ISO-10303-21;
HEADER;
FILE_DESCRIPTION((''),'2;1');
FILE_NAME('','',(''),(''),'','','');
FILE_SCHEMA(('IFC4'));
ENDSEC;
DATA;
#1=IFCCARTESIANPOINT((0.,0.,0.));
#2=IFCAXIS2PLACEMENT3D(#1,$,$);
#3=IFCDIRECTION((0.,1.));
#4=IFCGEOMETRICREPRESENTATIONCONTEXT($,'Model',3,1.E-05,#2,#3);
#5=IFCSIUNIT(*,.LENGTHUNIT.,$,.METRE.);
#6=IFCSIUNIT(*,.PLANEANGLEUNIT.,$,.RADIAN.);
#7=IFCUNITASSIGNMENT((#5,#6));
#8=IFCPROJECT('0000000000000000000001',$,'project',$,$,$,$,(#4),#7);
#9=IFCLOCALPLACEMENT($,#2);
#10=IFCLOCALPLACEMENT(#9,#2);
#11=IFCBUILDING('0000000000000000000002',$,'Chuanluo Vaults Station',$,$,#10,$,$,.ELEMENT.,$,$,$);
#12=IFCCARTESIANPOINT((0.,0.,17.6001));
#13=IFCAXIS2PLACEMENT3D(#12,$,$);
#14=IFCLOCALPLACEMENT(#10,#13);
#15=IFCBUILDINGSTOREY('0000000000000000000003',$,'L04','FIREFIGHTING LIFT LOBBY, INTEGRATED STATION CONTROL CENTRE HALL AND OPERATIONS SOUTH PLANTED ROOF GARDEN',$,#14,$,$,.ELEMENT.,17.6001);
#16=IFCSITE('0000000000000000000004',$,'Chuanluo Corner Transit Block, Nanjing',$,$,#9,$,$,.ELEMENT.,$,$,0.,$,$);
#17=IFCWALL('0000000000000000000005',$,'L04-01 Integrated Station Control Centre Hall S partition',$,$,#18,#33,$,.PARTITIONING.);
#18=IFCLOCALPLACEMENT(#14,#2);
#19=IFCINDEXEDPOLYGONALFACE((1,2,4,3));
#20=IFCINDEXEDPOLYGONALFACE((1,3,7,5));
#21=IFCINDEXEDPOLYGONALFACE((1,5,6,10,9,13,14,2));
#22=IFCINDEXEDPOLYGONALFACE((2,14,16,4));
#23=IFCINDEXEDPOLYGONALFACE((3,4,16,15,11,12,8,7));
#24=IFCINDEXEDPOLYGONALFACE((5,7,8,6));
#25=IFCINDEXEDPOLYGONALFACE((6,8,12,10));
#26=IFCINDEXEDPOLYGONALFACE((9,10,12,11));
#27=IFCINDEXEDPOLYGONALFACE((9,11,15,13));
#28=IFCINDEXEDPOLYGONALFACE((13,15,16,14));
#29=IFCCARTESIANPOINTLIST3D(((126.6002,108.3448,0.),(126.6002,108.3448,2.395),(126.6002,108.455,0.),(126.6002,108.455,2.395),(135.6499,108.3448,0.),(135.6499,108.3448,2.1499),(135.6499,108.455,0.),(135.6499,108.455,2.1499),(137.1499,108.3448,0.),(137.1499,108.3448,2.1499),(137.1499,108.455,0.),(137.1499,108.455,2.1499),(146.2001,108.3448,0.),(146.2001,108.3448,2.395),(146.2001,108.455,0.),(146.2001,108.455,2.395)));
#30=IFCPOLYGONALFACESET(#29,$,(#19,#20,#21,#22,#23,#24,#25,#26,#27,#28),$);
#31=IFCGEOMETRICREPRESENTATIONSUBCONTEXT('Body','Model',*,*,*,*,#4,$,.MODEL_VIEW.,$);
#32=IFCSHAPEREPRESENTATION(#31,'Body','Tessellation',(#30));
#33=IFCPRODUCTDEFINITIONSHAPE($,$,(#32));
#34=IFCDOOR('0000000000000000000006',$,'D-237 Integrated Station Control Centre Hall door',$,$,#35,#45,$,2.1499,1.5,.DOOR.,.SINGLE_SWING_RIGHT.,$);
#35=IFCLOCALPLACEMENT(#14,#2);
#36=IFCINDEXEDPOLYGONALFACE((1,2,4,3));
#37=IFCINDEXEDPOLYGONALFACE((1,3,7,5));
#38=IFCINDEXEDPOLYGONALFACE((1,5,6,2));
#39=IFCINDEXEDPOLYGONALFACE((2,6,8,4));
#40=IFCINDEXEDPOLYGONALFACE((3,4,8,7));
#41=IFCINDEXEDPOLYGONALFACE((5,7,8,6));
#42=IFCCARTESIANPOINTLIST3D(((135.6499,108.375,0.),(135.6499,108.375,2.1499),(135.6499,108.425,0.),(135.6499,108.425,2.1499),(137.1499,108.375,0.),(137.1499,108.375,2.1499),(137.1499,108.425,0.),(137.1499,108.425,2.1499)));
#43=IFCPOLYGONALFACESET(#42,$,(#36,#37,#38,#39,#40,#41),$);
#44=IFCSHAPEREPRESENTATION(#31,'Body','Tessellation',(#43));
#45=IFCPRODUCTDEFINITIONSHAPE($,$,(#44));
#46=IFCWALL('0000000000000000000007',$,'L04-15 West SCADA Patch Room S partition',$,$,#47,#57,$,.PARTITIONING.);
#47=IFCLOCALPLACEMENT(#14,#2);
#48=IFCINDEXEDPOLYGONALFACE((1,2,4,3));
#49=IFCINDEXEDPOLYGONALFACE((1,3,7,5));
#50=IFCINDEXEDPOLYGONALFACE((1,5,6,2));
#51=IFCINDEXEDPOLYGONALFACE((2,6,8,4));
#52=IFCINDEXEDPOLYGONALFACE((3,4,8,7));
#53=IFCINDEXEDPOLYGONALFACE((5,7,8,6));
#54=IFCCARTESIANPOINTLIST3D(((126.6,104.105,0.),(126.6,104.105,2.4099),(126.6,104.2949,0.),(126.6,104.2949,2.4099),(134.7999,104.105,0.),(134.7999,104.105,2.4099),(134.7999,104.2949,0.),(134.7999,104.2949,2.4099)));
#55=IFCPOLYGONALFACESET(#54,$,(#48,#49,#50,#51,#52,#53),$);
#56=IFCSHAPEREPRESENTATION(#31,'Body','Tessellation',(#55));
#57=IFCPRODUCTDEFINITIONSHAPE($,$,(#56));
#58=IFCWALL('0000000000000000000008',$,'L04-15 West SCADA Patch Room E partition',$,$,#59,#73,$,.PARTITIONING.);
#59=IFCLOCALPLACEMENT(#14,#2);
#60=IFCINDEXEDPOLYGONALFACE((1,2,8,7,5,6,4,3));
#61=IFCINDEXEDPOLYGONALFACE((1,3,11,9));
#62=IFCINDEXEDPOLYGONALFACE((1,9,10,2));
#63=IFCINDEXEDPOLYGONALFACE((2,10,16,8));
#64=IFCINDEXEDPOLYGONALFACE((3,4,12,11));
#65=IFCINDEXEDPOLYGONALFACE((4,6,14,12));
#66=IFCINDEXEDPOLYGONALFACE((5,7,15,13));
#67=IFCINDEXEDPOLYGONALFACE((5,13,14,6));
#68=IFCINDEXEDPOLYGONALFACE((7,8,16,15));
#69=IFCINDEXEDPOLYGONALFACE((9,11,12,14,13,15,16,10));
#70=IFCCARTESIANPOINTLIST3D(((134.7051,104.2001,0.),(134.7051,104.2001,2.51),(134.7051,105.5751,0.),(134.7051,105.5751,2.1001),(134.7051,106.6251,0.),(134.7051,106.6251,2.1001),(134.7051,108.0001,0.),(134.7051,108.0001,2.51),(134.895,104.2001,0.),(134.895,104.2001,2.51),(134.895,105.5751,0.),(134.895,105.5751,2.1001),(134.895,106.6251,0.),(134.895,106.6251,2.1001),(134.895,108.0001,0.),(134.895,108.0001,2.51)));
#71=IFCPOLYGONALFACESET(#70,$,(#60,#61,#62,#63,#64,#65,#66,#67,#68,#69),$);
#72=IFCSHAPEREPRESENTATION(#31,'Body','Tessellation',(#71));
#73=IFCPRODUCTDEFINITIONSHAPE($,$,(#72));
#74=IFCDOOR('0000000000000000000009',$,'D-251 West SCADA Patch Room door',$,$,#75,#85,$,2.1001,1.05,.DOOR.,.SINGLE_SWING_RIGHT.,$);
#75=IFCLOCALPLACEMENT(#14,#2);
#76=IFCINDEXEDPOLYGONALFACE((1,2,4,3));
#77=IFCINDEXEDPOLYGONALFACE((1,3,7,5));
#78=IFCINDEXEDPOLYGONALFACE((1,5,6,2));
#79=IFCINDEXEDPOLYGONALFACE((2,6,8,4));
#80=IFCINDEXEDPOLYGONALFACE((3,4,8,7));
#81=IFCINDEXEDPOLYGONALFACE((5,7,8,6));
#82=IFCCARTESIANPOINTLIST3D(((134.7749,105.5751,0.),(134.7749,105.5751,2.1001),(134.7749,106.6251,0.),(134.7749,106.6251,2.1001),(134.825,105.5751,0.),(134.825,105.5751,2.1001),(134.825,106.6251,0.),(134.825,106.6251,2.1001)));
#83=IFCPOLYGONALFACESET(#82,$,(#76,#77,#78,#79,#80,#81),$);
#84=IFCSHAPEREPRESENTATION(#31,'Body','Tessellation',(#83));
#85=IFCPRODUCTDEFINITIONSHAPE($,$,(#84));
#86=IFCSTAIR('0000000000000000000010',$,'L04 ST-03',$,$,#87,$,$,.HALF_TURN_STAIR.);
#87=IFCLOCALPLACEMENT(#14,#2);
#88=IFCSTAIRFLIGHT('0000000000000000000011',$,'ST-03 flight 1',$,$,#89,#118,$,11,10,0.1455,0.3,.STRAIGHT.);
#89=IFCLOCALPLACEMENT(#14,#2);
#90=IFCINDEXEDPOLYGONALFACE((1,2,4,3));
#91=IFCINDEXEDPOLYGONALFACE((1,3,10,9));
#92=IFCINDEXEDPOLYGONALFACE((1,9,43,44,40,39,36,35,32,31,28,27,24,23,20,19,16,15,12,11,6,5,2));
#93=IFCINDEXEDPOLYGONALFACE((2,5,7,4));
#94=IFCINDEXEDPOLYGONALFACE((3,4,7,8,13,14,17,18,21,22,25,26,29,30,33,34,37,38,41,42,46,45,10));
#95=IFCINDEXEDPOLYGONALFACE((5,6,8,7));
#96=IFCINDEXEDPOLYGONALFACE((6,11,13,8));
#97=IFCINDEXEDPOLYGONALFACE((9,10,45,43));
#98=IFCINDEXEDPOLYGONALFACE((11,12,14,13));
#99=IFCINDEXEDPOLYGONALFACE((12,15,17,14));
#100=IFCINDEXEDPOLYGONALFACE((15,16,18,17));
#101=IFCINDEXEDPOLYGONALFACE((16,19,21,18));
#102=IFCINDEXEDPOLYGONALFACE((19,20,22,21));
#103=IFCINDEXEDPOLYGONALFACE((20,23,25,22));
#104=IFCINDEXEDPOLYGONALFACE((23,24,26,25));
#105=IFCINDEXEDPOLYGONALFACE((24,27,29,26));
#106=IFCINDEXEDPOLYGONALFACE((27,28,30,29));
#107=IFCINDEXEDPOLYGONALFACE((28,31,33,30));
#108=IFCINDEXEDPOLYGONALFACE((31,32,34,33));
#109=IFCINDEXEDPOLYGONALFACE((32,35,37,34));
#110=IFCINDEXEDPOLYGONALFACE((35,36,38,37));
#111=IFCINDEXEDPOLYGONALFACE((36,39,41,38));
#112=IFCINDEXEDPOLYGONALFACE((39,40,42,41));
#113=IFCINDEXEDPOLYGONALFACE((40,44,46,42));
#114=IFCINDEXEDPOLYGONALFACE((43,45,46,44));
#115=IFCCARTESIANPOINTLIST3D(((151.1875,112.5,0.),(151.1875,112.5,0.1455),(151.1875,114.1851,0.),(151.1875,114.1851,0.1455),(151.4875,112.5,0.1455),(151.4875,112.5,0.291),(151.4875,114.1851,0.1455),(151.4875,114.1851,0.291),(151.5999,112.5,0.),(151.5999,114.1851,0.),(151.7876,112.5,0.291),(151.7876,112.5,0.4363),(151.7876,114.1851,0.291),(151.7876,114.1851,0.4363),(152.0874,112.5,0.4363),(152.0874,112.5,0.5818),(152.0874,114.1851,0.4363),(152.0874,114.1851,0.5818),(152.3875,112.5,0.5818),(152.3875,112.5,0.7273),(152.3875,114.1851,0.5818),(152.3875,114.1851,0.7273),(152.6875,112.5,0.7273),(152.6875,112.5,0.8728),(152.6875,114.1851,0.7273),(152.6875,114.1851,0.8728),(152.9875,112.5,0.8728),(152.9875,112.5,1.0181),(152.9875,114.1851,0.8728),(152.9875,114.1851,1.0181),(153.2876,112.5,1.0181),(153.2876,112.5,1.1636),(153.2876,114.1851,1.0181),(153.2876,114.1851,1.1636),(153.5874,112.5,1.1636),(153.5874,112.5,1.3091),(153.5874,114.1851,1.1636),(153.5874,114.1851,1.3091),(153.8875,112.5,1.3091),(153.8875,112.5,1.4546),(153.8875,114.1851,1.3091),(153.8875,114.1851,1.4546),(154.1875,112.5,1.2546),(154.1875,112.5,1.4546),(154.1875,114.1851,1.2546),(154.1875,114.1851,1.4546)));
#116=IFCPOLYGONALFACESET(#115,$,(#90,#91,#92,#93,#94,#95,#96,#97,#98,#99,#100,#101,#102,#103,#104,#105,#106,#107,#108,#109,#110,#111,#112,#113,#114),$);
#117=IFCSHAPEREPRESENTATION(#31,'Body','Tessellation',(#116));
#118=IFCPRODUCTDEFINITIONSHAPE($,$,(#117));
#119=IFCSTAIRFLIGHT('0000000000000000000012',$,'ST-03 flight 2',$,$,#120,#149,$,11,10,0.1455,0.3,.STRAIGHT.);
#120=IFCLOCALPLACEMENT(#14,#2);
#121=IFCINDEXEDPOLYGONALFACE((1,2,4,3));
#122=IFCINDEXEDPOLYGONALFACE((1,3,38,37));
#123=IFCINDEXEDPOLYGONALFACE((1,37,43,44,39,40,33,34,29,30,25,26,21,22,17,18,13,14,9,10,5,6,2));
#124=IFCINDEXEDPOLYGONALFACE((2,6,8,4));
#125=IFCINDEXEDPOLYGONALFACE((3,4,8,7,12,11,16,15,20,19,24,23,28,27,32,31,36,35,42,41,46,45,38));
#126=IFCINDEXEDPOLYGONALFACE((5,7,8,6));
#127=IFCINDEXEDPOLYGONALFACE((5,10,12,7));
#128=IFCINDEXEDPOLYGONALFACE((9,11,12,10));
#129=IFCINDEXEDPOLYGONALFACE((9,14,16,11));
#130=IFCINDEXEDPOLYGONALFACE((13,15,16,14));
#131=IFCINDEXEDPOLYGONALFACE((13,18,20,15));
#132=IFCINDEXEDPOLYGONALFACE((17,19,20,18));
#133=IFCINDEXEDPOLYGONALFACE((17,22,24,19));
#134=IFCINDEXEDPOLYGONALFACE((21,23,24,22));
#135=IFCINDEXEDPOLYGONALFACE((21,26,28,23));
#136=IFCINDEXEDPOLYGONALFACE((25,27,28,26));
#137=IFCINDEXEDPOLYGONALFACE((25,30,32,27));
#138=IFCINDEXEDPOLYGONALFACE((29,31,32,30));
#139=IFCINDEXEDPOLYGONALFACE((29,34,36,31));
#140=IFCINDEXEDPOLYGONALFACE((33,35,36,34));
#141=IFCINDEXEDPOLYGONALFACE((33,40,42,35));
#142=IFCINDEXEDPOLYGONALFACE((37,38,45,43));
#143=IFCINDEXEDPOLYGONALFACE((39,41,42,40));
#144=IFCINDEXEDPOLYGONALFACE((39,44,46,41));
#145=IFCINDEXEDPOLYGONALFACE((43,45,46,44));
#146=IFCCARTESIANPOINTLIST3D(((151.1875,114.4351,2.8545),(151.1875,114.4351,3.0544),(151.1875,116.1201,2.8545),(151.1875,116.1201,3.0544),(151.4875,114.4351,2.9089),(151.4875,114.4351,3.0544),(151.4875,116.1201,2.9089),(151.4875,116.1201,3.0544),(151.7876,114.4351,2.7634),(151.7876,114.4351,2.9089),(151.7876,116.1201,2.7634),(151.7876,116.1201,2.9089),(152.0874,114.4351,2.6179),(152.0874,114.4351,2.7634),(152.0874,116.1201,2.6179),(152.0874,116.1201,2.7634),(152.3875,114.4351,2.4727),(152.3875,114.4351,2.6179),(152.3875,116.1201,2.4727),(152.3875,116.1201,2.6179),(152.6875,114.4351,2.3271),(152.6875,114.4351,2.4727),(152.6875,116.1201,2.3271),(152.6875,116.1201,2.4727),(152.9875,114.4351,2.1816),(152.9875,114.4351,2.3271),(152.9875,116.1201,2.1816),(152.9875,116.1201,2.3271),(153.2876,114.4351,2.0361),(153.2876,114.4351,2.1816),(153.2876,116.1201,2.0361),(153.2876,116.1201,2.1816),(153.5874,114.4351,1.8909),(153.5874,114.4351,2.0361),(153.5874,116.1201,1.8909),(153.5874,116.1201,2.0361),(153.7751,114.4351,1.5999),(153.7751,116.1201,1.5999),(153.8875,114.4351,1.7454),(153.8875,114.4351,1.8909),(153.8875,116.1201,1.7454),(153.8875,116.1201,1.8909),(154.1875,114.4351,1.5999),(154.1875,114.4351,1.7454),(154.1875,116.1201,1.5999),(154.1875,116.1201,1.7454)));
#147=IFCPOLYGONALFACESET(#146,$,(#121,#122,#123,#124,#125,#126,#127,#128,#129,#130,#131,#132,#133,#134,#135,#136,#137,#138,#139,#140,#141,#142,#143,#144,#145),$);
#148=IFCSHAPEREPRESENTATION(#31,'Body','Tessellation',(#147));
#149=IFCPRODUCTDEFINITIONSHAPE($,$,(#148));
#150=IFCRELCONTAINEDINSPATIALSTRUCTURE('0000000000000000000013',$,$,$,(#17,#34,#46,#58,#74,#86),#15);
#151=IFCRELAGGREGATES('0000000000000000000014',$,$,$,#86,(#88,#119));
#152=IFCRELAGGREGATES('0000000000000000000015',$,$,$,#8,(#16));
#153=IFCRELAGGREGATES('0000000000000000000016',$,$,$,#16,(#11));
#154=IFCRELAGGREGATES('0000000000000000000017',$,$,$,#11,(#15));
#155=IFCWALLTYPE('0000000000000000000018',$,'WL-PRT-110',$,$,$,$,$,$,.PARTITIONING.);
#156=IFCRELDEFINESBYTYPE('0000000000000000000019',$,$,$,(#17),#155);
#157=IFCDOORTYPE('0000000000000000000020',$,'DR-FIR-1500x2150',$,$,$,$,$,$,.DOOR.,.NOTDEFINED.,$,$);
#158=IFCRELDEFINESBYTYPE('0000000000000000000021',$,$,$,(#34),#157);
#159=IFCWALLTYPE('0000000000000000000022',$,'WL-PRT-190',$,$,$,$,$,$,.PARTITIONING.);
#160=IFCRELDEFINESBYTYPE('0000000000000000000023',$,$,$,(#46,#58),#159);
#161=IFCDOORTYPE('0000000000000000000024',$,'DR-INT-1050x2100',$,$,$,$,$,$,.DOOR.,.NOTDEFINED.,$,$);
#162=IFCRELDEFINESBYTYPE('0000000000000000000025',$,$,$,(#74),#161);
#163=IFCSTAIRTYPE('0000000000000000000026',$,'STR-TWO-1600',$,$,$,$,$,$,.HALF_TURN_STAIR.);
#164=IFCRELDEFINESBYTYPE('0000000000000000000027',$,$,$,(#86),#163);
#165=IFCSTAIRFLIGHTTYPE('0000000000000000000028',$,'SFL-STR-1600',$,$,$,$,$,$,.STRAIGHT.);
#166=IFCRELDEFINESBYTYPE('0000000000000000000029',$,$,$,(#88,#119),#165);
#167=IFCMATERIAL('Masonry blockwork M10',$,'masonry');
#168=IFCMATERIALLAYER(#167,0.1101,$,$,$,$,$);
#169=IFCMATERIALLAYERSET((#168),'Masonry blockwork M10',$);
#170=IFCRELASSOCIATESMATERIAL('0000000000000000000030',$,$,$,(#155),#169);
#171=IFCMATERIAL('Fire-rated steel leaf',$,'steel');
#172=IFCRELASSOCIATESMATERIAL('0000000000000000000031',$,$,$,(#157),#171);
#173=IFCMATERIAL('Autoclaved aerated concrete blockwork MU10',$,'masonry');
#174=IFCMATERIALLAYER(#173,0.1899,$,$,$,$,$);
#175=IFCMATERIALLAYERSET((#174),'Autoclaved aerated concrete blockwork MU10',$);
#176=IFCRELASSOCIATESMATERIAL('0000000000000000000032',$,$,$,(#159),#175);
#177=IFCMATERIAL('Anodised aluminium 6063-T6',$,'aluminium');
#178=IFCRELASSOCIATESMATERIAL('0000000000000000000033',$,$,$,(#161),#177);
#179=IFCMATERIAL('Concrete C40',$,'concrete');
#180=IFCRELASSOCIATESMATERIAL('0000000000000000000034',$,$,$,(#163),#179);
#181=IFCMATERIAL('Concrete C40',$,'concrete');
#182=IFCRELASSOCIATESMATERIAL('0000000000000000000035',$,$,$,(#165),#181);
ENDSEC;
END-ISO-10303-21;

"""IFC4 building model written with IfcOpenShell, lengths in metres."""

from ifc_helpers import new_model, si_unit, direction, frame, frame_2d, origin, place, context, subcontext, project, spatial, polyline, rectangle, outline, extrude, material, layer, layer_set, type_object, element, fill, aggregate, save


model = new_model("IFC4")

# Units and contexts
model_context = context("Model", 3, precision=1e-05, world=origin(), true_north=direction((0.0, 1.0)))
body_context = subcontext(model_context, "Body", "Model", "MODEL_VIEW")
ifc_project = project(units=[si_unit("LENGTHUNIT", "METRE"), si_unit("PLANEANGLEUNIT", "RADIAN")], contexts=[model_context])

# Site, building, storey
site_placement = place(None, origin())
site = spatial("IfcSite", under=ifc_project, at=site_placement, Name="Chuanluo Corner Transit Block, Nanjing", CompositionType="ELEMENT", RefElevation=0.0)
building_placement = place(site_placement, origin())
building = spatial("IfcBuilding", under=site, at=building_placement, Name="Chuanluo Vaults Station", CompositionType="ELEMENT")
storey_placement = place(building_placement, frame((0.0, 0.0, 17.6001)))
storey = spatial("IfcBuildingStorey", under=building, at=storey_placement, Name="L04", Description="FIREFIGHTING LIFT LOBBY, INTEGRATED STATION CONTROL CENTRE HALL AND OPERATIONS SOUTH PLANTED ROOF GARDEN", CompositionType="ELEMENT", Elevation=17.6001)

# Wall, opening, door
ifc_material_1 = material(Name="Masonry blockwork M10", Category="masonry")
ifc_layer_1 = layer(ifc_material_1, 0.1101)
ifc_layer_set_1 = layer_set([ifc_layer_1], Name="Masonry blockwork M10")
wall_type_1 = type_object("IfcWallType", Name="WL-PRT-110", PredefinedType="PARTITIONING", material=ifc_layer_set_1)
wall_1_placement = place(storey_placement, frame((146.2, 108.3999, 0.0), z_axis=(0.0, 0.0, 1.0), x_axis=(-1.0, 0.0, 0.0)))
wall_1 = element("IfcWall", 1, at=wall_1_placement, inside=storey, type_object=wall_type_1, Name="L04-01 Integrated Station Control Centre Hall S partition", PredefinedType="PARTITIONING", context=body_context, shape_type="SweptSolid", body=[
    extrude(rectangle(XDim=19.5999, YDim=0.1101, at=frame_2d((9.7998, 0.0))), origin(), (0.0, 0.0, 1.0), 2.395),
])
opening_1_placement = place(wall_1_placement, frame((9.05, 0.0, 0.0)))
opening_1 = element("IfcOpeningElement", 2, at=opening_1_placement, cuts=wall_1, PredefinedType="OPENING", context=body_context, shape_type="SweptSolid", body=[
    extrude(rectangle(XDim=1.5, YDim=2.1499, at=frame_2d((0.75, 1.075))), frame((0.0, 0.0652, 0.0), z_axis=(0.0, -1.0, 0.0), x_axis=(1.0, 0.0, 0.0)), (0.0, 0.0, 1.0), 0.1301),
])
ifc_material_2 = material(Name="Fire-rated steel leaf", Category="steel")
door_type_1 = type_object("IfcDoorType", Name="DR-FIR-1500x2150", OperationType="NOTDEFINED", PredefinedType="DOOR", material=ifc_material_2)
door_1_placement = place(opening_1_placement, origin())
door_1 = element("IfcDoor", 3, at=door_1_placement, inside=storey, type_object=door_type_1, Name="D-237 Integrated Station Control Centre Hall door", OperationType="SINGLE_SWING_RIGHT", OverallHeight=2.1499, OverallWidth=1.5, PredefinedType="DOOR", context=body_context, shape_type="SweptSolid", body=[
    extrude(rectangle(XDim=1.5, YDim=2.1499, at=frame_2d((0.75, 1.075))), frame((0.0, 0.0249, 0.0), z_axis=(0.0, -1.0, 0.0), x_axis=(1.0, 0.0, 0.0)), (0.0, 0.0, 1.0), 0.05),
])
fill(opening_1, door_1)

# Wall
ifc_material_3 = material(Name="Autoclaved aerated concrete blockwork MU10", Category="masonry")
ifc_layer_2 = layer(ifc_material_3, 0.1899)
ifc_layer_set_2 = layer_set([ifc_layer_2], Name="Autoclaved aerated concrete blockwork MU10")
wall_type_2 = type_object("IfcWallType", Name="WL-PRT-190", PredefinedType="PARTITIONING", material=ifc_layer_set_2)
wall_2_placement = place(storey_placement, frame((134.8, 104.2, 0.0), z_axis=(0.0, 0.0, 1.0), x_axis=(-1.0, 0.0, 0.0)))
element("IfcWall", 4, at=wall_2_placement, inside=storey, type_object=wall_type_2, Name="L04-15 West SCADA Patch Room S partition", PredefinedType="PARTITIONING", context=body_context, shape_type="SweptSolid", body=[
    extrude(rectangle(XDim=8.2, YDim=0.1899, at=frame_2d((4.1001, 0.0))), origin(), (0.0, 0.0, 1.0), 2.4099),
])

# Wall, opening, door
wall_3_placement = place(storey_placement, frame((134.8, 108.0, 0.0), z_axis=(0.0, 0.0, 1.0), x_axis=(0.0, -1.0, 0.0)))
wall_3 = element("IfcWall", 5, at=wall_3_placement, inside=storey, type_object=wall_type_2, Name="L04-15 West SCADA Patch Room E partition", PredefinedType="PARTITIONING", context=body_context, shape_type="SweptSolid", body=[
    extrude(rectangle(XDim=3.8, YDim=0.1899, at=frame_2d((1.8999, 0.0))), origin(), (0.0, 0.0, 1.0), 2.51),
])
opening_2_placement = place(wall_3_placement, frame((1.375, 0.0, 0.0)))
opening_2 = element("IfcOpeningElement", 6, at=opening_2_placement, cuts=wall_3, PredefinedType="OPENING", context=body_context, shape_type="SweptSolid", body=[
    extrude(rectangle(XDim=1.05, YDim=2.1001, at=frame_2d((0.5249, 1.05))), frame((0.0, 0.105, 0.0), z_axis=(0.0, -1.0, 0.0), x_axis=(1.0, 0.0, 0.0)), (0.0, 0.0, 1.0), 0.2099),
])
ifc_material_4 = material(Name="Anodised aluminium 6063-T6", Category="aluminium")
door_type_2 = type_object("IfcDoorType", Name="DR-INT-1050x2100", OperationType="NOTDEFINED", PredefinedType="DOOR", material=ifc_material_4)
door_2_placement = place(opening_2_placement, origin())
door_2 = element("IfcDoor", 7, at=door_2_placement, inside=storey, type_object=door_type_2, Name="D-251 West SCADA Patch Room door", OperationType="SINGLE_SWING_RIGHT", OverallHeight=2.1001, OverallWidth=1.05, PredefinedType="DOOR", context=body_context, shape_type="SweptSolid", body=[
    extrude(rectangle(XDim=1.05, YDim=2.1001, at=frame_2d((0.5249, 1.05))), frame((0.0, 0.0249, 0.0), z_axis=(0.0, -1.0, 0.0), x_axis=(1.0, 0.0, 0.0)), (0.0, 0.0, 1.0), 0.05),
])
fill(opening_2, door_2)

# Stair, stair flights
ifc_material_5 = material(Name="Concrete C40", Category="concrete")
stair_type = type_object("IfcStairType", Name="STR-TWO-1600", PredefinedType="HALF_TURN_STAIR", material=ifc_material_5)
stair_placement = place(storey_placement, origin())
stair = element("IfcStair", 8, at=stair_placement, inside=storey, type_object=stair_type, Name="L04 ST-03", PredefinedType="HALF_TURN_STAIR")
ifc_material_6 = material(Name="Concrete C40", Category="concrete")
stair_flight_type = type_object("IfcStairFlightType", Name="SFL-STR-1600", PredefinedType="STRAIGHT", material=ifc_material_6)
stair_flight_1_placement = place(storey_placement, frame((151.1875, 113.3425, 0.0), z_axis=(0.0, 0.0, 1.0), x_axis=(1.0, 0.0, 0.0)))
stair_flight_1 = element("IfcStairFlight", 9, at=stair_flight_1_placement, type_object=stair_flight_type, Name="ST-03 flight 1", NumberOfRisers=11, NumberOfTreads=10, PredefinedType="STRAIGHT", RiserHeight=0.1455, TreadLength=0.3, context=body_context, shape_type="SweptSolid", body=[
    extrude(outline(polyline([(0.0, 0.0), (0.0, 0.1455), (0.3, 0.1455), (0.3, 0.291), (0.6001, 0.291), (0.6001, 0.4363), (0.8999, 0.4363), (0.8999, 0.5818), (1.2, 0.5818), (1.2, 0.7273), (1.5, 0.7273), (1.5, 0.8728), (1.8, 0.8728), (1.8, 1.0181), (2.1001, 1.0181), (2.1001, 1.1636), (2.3999, 1.1636), (2.3999, 1.3091), (2.7, 1.3091), (2.7, 1.4546), (3.0, 1.4546), (3.0, 1.6001), (3.0, 1.2546), (0.4124, 0.0), (0.0, 0.0)])), frame((0.0, 0.8425, 0.0), z_axis=(0.0, -1.0, 0.0), x_axis=(1.0, 0.0, 0.0)), (0.0, 0.0, 1.0), 1.6851),
])
stair_flight_2_placement = place(storey_placement, frame((154.1875, 115.2776, 1.5999), z_axis=(0.0, 0.0, 1.0), x_axis=(-1.0, 0.0, 0.0)))
stair_flight_2 = element("IfcStairFlight", 10, at=stair_flight_2_placement, type_object=stair_flight_type, Name="ST-03 flight 2", NumberOfRisers=11, NumberOfTreads=10, PredefinedType="STRAIGHT", RiserHeight=0.1455, TreadLength=0.3, context=body_context, shape_type="SweptSolid", body=[
    extrude(outline(polyline([(0.0, 0.0), (0.0, 0.1455), (0.3, 0.1455), (0.3, 0.291), (0.6001, 0.291), (0.6001, 0.4363), (0.8999, 0.4363), (0.8999, 0.5818), (1.2, 0.5818), (1.2, 0.7273), (1.5, 0.7273), (1.5, 0.8728), (1.8, 0.8728), (1.8, 1.0181), (2.1001, 1.0181), (2.1001, 1.1636), (2.3999, 1.1636), (2.3999, 1.3091), (2.7, 1.3091), (2.7, 1.4546), (3.0, 1.4546), (3.0, 1.6001), (3.0, 1.2546), (0.4124, 0.0), (0.0, 0.0)])), frame((0.0, 0.8425, 0.0), z_axis=(0.0, -1.0, 0.0), x_axis=(1.0, 0.0, 0.0)), (0.0, 0.0, 1.0), 1.6851),
])
aggregate(stair, [stair_flight_1, stair_flight_2])

save(model, "model.ifc")
